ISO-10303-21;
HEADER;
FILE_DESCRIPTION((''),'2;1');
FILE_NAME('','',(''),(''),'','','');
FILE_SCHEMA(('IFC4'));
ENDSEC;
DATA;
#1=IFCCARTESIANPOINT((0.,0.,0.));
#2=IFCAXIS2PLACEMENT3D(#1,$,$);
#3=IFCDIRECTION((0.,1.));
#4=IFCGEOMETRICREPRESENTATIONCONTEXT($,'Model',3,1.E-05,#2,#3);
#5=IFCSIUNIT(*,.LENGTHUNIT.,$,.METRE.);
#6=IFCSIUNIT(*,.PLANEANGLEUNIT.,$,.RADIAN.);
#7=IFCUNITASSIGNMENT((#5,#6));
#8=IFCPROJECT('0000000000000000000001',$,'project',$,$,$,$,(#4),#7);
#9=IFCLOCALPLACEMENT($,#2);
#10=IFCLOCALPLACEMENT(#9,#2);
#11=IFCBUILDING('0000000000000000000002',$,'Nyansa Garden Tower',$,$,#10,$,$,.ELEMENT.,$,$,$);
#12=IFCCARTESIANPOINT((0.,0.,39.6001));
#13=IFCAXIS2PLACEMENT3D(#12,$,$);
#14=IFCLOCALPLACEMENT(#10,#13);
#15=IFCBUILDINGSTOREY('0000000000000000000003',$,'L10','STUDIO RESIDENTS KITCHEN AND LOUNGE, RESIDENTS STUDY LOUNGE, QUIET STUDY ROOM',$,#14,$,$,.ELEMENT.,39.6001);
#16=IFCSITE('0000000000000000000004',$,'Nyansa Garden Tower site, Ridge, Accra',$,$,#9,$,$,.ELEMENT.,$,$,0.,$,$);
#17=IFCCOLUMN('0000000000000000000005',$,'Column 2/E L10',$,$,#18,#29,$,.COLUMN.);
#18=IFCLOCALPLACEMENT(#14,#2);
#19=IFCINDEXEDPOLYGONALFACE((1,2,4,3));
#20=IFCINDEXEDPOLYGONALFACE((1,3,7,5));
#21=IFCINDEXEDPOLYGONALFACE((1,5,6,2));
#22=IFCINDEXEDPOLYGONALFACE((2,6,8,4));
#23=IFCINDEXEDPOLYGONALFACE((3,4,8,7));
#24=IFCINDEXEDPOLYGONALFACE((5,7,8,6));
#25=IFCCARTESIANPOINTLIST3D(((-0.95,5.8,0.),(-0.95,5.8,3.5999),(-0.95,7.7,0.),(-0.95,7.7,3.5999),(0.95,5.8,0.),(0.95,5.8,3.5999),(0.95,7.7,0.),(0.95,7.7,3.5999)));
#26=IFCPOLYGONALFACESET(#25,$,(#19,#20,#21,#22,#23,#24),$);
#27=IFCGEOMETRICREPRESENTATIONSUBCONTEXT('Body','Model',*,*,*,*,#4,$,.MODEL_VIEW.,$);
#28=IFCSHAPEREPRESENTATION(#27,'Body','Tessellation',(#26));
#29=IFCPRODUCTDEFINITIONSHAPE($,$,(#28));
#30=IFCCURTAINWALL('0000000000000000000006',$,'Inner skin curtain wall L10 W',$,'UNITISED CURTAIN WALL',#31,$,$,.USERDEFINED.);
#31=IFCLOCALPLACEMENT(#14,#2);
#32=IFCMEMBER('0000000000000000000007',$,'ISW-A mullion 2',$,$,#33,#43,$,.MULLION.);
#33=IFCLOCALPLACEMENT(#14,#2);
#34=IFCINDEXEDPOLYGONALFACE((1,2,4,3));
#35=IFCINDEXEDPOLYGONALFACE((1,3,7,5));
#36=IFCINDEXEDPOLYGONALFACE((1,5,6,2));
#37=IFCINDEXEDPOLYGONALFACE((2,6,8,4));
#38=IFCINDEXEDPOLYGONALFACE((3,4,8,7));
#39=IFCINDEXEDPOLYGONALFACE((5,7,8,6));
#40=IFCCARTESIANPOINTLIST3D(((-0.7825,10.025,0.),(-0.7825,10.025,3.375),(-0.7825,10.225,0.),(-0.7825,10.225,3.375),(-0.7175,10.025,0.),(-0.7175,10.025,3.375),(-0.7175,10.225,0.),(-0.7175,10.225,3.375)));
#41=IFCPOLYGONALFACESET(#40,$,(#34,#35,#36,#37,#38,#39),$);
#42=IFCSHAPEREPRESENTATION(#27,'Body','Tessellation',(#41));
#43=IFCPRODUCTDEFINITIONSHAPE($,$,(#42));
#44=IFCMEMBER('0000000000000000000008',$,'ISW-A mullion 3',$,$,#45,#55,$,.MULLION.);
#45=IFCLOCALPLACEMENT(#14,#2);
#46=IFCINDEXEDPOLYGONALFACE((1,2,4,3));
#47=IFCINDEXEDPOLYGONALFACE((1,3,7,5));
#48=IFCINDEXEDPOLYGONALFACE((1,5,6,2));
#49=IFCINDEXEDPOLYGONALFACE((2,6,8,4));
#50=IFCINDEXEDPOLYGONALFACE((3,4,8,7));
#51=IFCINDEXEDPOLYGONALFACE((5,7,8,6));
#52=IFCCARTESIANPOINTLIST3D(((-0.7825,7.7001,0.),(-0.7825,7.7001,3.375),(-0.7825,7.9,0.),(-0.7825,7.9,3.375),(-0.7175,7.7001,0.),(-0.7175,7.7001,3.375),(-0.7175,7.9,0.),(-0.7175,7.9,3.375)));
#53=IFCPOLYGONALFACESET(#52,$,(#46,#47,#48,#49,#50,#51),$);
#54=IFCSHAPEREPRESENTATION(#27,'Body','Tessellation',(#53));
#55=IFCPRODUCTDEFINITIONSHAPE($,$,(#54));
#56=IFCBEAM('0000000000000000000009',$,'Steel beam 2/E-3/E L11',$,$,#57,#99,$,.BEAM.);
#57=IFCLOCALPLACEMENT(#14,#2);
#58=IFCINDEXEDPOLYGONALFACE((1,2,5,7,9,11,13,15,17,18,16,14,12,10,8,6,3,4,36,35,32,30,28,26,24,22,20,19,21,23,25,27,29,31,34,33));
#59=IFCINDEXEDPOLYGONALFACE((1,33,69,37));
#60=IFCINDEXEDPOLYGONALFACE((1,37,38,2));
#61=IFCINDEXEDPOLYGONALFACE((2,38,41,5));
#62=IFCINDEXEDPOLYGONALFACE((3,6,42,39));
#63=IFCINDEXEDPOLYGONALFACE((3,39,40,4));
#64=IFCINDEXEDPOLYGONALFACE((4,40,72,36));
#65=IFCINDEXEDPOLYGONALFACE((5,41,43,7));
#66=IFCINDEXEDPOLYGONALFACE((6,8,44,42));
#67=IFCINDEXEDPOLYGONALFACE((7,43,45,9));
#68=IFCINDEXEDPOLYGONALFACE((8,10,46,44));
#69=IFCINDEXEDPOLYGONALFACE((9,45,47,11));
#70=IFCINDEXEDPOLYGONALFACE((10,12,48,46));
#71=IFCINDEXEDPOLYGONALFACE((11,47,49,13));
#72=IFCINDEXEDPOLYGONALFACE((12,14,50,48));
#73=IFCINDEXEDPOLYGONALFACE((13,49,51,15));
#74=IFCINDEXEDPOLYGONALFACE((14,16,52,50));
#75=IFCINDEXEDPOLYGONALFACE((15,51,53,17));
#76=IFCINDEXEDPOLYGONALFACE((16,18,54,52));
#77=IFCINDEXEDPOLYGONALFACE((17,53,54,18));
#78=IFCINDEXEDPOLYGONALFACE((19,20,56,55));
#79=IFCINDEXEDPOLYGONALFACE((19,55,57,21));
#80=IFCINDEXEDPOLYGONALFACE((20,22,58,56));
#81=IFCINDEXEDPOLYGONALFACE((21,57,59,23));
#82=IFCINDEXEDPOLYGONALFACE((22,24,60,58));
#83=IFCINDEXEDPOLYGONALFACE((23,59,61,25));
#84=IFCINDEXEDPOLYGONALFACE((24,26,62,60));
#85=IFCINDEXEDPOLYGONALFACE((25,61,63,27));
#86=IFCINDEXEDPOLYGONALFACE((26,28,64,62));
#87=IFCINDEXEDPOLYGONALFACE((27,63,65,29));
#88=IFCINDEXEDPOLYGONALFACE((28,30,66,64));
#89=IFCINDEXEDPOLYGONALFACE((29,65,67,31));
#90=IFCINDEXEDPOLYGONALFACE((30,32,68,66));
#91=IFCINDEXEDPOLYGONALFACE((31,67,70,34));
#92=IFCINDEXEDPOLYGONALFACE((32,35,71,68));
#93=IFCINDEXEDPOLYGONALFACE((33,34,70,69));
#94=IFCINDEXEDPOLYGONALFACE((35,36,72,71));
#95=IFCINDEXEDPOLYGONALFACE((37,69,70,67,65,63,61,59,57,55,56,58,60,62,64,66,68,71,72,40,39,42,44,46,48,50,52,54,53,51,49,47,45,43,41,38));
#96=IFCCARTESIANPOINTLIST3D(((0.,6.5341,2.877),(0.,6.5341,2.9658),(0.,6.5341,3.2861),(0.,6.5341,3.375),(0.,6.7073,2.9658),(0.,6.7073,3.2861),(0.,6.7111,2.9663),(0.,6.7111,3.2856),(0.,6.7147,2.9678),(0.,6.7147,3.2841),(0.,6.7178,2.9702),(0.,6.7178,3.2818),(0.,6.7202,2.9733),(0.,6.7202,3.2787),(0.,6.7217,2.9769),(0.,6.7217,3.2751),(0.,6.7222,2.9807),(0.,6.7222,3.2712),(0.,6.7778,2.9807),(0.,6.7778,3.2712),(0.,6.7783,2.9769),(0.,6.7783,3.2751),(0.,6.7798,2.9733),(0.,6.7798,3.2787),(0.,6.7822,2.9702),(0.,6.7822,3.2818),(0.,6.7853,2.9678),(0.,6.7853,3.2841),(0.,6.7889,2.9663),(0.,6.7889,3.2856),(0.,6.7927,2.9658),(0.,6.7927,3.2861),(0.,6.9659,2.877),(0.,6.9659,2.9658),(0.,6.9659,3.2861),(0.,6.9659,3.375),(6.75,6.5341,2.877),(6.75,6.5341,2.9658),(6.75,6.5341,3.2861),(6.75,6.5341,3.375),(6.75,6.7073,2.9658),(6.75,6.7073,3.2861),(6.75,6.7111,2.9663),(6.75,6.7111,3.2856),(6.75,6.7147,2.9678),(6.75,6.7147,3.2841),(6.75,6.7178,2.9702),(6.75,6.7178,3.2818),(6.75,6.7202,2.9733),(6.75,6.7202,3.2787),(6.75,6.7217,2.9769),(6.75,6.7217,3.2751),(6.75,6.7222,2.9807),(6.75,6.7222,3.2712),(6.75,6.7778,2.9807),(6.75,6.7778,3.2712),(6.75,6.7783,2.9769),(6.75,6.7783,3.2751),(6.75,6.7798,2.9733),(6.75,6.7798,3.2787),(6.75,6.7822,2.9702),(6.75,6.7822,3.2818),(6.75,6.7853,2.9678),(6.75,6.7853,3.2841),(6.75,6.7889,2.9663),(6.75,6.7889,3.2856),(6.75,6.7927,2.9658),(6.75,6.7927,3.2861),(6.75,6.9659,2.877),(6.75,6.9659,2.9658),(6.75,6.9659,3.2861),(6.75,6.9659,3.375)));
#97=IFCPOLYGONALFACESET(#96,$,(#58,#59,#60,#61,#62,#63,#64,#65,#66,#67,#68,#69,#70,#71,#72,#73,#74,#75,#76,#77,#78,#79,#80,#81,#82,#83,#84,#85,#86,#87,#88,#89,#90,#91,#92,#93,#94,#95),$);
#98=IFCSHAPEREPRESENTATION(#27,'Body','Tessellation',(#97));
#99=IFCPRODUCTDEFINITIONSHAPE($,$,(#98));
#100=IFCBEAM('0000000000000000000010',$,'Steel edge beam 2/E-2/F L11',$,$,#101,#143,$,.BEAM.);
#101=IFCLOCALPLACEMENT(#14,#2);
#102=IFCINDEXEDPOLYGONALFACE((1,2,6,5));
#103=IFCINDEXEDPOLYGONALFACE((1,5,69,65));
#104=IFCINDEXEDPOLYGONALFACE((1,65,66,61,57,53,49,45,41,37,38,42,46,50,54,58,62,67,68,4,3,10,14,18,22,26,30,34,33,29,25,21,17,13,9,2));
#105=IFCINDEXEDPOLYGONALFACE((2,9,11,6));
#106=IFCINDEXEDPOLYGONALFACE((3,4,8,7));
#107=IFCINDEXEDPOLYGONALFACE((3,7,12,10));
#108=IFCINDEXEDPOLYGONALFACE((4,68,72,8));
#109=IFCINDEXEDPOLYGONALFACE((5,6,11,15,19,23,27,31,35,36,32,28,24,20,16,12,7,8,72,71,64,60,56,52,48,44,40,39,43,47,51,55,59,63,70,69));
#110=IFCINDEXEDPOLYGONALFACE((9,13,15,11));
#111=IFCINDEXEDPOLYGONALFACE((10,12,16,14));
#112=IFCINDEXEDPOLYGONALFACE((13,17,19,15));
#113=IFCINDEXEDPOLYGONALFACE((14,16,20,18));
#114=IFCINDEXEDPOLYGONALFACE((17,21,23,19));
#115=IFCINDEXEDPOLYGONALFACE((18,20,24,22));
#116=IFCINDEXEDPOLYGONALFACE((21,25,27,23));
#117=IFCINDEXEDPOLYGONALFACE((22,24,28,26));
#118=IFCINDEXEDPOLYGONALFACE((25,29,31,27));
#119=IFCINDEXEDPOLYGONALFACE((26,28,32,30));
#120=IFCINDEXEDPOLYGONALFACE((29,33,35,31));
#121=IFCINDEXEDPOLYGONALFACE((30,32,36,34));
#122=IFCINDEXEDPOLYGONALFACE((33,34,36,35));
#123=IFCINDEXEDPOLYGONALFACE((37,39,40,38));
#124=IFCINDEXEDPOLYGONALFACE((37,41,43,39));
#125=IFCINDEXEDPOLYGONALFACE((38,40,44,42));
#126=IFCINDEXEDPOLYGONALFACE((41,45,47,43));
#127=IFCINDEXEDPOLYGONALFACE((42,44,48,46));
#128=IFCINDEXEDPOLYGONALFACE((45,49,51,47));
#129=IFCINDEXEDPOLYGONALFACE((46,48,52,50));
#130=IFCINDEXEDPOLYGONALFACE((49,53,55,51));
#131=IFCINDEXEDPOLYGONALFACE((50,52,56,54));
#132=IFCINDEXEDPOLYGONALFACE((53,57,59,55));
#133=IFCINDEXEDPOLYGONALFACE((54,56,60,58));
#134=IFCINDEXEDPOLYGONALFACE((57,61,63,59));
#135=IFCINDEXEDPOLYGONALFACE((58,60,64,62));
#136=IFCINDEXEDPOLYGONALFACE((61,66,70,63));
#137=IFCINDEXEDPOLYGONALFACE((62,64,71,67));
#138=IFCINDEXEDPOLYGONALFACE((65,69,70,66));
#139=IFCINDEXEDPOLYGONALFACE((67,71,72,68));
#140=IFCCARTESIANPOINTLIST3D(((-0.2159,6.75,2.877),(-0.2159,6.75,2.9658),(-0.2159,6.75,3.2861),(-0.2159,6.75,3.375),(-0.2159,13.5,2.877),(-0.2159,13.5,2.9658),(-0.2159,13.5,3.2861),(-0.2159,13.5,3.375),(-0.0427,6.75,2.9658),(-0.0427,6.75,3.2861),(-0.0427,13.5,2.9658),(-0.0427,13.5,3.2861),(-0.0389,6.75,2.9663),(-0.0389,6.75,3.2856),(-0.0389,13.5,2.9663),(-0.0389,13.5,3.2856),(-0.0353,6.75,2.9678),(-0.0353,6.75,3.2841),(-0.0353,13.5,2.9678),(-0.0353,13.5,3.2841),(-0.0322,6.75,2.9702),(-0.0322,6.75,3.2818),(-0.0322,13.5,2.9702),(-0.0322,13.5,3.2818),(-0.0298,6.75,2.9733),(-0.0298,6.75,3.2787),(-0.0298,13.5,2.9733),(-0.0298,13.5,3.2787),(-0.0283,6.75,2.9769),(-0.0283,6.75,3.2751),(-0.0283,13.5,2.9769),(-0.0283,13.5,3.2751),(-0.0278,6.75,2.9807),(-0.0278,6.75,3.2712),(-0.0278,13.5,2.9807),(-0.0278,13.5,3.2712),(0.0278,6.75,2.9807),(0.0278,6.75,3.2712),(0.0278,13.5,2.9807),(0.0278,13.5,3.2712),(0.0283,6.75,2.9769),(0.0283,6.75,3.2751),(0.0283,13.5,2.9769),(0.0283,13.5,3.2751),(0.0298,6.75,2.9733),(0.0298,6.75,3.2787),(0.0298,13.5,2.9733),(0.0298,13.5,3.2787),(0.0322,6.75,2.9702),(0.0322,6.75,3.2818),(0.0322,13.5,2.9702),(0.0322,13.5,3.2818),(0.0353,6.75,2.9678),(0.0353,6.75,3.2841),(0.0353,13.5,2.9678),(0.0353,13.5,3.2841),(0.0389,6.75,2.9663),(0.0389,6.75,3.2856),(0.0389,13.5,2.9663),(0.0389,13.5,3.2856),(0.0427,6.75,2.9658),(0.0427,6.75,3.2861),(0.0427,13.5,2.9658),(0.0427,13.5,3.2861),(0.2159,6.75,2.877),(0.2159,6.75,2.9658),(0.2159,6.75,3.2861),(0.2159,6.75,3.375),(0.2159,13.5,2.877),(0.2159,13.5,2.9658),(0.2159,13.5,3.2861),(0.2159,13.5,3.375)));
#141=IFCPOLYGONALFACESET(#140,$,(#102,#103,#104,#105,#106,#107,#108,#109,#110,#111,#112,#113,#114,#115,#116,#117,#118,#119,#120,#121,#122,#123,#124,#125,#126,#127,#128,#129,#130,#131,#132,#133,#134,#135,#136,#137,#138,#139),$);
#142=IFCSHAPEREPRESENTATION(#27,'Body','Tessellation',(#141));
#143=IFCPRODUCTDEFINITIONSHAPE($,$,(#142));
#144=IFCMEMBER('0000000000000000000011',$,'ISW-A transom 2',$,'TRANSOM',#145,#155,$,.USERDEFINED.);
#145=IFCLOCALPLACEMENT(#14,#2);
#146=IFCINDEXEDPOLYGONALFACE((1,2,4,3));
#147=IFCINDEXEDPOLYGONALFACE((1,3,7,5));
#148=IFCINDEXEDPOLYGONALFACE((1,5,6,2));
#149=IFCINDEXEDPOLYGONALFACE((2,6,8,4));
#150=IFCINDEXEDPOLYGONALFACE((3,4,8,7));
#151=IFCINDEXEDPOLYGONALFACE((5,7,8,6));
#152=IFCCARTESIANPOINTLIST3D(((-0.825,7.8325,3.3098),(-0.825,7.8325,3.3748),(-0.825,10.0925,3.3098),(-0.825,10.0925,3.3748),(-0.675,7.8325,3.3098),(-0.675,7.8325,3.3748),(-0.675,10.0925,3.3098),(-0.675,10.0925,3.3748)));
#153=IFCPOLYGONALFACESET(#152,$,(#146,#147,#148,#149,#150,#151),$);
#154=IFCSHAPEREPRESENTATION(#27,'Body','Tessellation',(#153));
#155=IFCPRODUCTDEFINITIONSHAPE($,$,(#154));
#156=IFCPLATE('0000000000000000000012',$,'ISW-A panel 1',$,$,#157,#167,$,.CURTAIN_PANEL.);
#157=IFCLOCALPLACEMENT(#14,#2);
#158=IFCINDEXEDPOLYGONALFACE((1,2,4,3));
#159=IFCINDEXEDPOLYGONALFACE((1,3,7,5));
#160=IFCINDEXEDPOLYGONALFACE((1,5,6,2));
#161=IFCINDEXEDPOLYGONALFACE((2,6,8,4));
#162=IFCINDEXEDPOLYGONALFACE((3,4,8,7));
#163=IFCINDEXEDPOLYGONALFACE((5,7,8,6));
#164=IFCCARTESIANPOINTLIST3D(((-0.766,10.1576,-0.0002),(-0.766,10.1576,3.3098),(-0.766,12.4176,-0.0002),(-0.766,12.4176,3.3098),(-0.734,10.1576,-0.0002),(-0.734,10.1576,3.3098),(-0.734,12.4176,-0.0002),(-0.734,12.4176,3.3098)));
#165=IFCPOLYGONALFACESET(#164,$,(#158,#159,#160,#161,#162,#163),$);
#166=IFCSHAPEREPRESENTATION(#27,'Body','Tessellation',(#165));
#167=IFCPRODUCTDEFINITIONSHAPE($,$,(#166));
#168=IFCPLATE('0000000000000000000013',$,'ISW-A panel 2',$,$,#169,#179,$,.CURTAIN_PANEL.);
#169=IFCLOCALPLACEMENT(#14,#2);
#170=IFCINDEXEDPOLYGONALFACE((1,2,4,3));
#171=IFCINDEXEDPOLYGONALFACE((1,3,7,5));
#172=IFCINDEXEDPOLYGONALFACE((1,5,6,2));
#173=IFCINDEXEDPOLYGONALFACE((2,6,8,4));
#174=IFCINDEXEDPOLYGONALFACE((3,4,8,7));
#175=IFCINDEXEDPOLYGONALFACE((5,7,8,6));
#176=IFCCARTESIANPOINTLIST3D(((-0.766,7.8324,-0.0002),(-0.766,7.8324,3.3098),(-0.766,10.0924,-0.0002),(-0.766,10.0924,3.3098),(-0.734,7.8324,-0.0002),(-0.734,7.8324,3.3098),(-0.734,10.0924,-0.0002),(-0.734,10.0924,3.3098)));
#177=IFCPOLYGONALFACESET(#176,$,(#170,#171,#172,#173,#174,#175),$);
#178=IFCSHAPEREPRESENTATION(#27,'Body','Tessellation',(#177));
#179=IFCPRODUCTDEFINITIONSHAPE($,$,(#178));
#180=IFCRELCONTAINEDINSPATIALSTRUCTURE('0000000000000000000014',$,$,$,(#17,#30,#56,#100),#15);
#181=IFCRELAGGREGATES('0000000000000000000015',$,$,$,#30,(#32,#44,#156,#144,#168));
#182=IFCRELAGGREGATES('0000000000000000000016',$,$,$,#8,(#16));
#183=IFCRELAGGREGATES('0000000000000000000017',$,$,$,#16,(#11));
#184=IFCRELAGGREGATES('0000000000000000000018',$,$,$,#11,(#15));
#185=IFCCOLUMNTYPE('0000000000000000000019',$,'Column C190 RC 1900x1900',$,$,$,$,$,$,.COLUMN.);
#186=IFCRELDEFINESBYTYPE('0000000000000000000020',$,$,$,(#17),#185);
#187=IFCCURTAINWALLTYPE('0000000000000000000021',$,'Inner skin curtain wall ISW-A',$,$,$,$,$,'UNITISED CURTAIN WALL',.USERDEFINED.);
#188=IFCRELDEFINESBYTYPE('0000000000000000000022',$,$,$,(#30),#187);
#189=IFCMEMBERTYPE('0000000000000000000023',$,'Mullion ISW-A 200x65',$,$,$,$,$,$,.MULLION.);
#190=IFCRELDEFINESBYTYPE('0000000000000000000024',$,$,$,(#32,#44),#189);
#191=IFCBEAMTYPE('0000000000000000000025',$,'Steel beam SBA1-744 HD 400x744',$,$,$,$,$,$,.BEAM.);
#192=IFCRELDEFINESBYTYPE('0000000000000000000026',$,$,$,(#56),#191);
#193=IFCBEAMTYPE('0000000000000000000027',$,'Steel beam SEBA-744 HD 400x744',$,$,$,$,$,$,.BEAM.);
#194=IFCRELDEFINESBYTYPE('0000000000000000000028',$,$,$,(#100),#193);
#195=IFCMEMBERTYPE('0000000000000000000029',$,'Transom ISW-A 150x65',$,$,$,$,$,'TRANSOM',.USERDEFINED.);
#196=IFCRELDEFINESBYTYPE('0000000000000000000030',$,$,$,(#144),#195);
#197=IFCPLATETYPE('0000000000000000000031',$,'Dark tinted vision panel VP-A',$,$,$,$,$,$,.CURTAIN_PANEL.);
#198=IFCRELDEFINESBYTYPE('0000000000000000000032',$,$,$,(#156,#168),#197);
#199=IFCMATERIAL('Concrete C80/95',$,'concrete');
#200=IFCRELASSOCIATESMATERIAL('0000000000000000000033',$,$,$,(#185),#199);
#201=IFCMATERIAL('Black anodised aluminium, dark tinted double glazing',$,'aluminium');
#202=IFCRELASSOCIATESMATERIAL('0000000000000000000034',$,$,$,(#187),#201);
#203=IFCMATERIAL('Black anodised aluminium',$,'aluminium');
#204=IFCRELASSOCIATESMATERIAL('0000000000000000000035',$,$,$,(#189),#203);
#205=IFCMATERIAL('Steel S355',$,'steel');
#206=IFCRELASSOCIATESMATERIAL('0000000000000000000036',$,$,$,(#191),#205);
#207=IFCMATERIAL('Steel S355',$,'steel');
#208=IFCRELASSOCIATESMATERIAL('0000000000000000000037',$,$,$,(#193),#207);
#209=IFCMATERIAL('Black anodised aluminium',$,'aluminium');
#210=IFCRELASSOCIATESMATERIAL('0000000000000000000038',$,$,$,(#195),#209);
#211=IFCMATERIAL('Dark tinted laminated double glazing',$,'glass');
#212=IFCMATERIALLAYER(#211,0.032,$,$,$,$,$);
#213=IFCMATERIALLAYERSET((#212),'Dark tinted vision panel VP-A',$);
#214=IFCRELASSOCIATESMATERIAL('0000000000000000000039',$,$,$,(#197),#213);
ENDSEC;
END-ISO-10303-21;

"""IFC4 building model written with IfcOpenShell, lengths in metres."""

from ifc_helpers import new_model, si_unit, direction, frame, origin, origin_2d, place, context, subcontext, project, spatial, rectangle, i_section, extrude, material, layer, layer_set, material_profile, profile_set, type_object, element, aggregate, save


model = new_model("IFC4")

# Units and contexts
model_context = context("Model", 3, precision=1e-05, world=origin(), true_north=direction((0.0, 1.0)))
body_context = subcontext(model_context, "Body", "Model", "MODEL_VIEW")
ifc_project = project(units=[si_unit("LENGTHUNIT", "METRE"), si_unit("PLANEANGLEUNIT", "RADIAN")], contexts=[model_context])

# Site, building, storey
site_placement = place(None, origin())
site = spatial("IfcSite", under=ifc_project, at=site_placement, Name="Nyansa Garden Tower site, Ridge, Accra", CompositionType="ELEMENT", RefElevation=0.0)
building_placement = place(site_placement, origin())
building = spatial("IfcBuilding", under=site, at=building_placement, Name="Nyansa Garden Tower", CompositionType="ELEMENT")
storey_placement = place(building_placement, frame((0.0, 0.0, 39.6001)))
storey = spatial("IfcBuildingStorey", under=building, at=storey_placement, Name="L10", Description="STUDIO RESIDENTS KITCHEN AND LOUNGE, RESIDENTS STUDY LOUNGE, QUIET STUDY ROOM", CompositionType="ELEMENT", Elevation=39.6001)

# Column
ifc_material_1 = material(Name="Concrete C80/95", Category="concrete")
ifc_material_profile_1 = material_profile(ifc_material_1, rectangle(XDim=1.8999, YDim=1.8999, at=origin_2d()), Name="RC 1900x1900")
ifc_profile_set_1 = profile_set([ifc_material_profile_1], Name="Concrete C80/95")
column_type = type_object("IfcColumnType", Name="Column C190 RC 1900x1900", PredefinedType="COLUMN", material=ifc_profile_set_1)
column_placement = place(storey_placement, frame((0.0, 6.75, 0.0), z_axis=(0.0, 0.0, 1.0), x_axis=(1.0, 0.0, 0.0)))
element("IfcColumn", 1, at=column_placement, inside=storey, type_object=column_type, Name="Column 2/E L10", PredefinedType="COLUMN", context=body_context, shape_type="SweptSolid", body=[
    extrude(rectangle(XDim=1.8999, YDim=1.8999, at=origin_2d()), origin(), (0.0, 0.0, 1.0), 3.5999),
])

# Curtain wall, members
ifc_material_2 = material(Name="Black anodised aluminium, dark tinted double glazing", Category="aluminium")
curtain_wall_type = type_object("IfcCurtainWallType", Name="Inner skin curtain wall ISW-A", ElementType="UNITISED CURTAIN WALL", PredefinedType="USERDEFINED", material=ifc_material_2)
curtain_wall_placement = place(storey_placement, origin())
curtain_wall = element("IfcCurtainWall", 2, at=curtain_wall_placement, inside=storey, type_object=curtain_wall_type, Name="Inner skin curtain wall L10 W", ObjectType="UNITISED CURTAIN WALL", PredefinedType="USERDEFINED")
ifc_material_3 = material(Name="Black anodised aluminium", Category="aluminium")
ifc_material_profile_2 = material_profile(ifc_material_3, rectangle(XDim=0.0649, YDim=0.2, at=origin_2d()), Name="Mullion 200x65")
ifc_profile_set_2 = profile_set([ifc_material_profile_2], Name="Black anodised aluminium")
member_type_1 = type_object("IfcMemberType", Name="Mullion ISW-A 200x65", PredefinedType="MULLION", material=ifc_profile_set_2)
member_1_placement = place(storey_placement, frame((-0.75, 10.125, 0.0), z_axis=(0.0, 0.0, 1.0), x_axis=(1.0, 0.0, 0.0)))
member_1 = element("IfcMember", 3, at=member_1_placement, type_object=member_type_1, Name="ISW-A mullion 2", PredefinedType="MULLION", context=body_context, shape_type="SweptSolid", body=[
    extrude(rectangle(XDim=0.0649, YDim=0.2, at=origin_2d()), origin(), (0.0, 0.0, 1.0), 3.375),
])
member_2_placement = place(storey_placement, frame((-0.75, 7.8, 0.0), z_axis=(0.0, 0.0, 1.0), x_axis=(1.0, 0.0, 0.0)))
member_2 = element("IfcMember", 4, at=member_2_placement, type_object=member_type_1, Name="ISW-A mullion 3", PredefinedType="MULLION", context=body_context, shape_type="SweptSolid", body=[
    extrude(rectangle(XDim=0.0649, YDim=0.2, at=origin_2d()), origin(), (0.0, 0.0, 1.0), 3.375),
])

# Beams
ifc_material_4 = material(Name="Steel S355", Category="steel")
ifc_material_profile_3 = material_profile(ifc_material_4, i_section(OverallWidth=0.4319, OverallDepth=0.498, WebThickness=0.0557, FlangeThickness=0.0889, FilletRadius=0.0149, at=origin_2d()), Name="HD 400x744")
ifc_profile_set_3 = profile_set([ifc_material_profile_3], Name="Steel S355")
beam_type_1 = type_object("IfcBeamType", Name="Steel beam SBA1-744 HD 400x744", PredefinedType="BEAM", material=ifc_profile_set_3)
beam_1_placement = place(storey_placement, frame((0.0, 6.75, 3.126), z_axis=(1.0, 0.0, 0.0), x_axis=(0.0, 1.0, 0.0)))
element("IfcBeam", 5, at=beam_1_placement, inside=storey, type_object=beam_type_1, Name="Steel beam 2/E-3/E L11", PredefinedType="BEAM", context=body_context, shape_type="SweptSolid", body=[
    extrude(i_section(OverallWidth=0.4319, OverallDepth=0.498, WebThickness=0.0557, FlangeThickness=0.0889, FilletRadius=0.0149, at=origin_2d()), origin(), (0.0, 0.0, 1.0), 6.75),
])
ifc_material_5 = material(Name="Steel S355", Category="steel")
ifc_material_profile_4 = material_profile(ifc_material_5, i_section(OverallWidth=0.4319, OverallDepth=0.498, WebThickness=0.0557, FlangeThickness=0.0889, FilletRadius=0.0149, at=origin_2d()), Name="HD 400x744")
ifc_profile_set_4 = profile_set([ifc_material_profile_4], Name="Steel S355")
beam_type_2 = type_object("IfcBeamType", Name="Steel beam SEBA-744 HD 400x744", PredefinedType="BEAM", material=ifc_profile_set_4)
beam_2_placement = place(storey_placement, frame((0.0, 6.75, 3.126), z_axis=(0.0, 1.0, 0.0), x_axis=(-1.0, 0.0, 0.0)))
element("IfcBeam", 6, at=beam_2_placement, inside=storey, type_object=beam_type_2, Name="Steel edge beam 2/E-2/F L11", PredefinedType="BEAM", context=body_context, shape_type="SweptSolid", body=[
    extrude(i_section(OverallWidth=0.4319, OverallDepth=0.498, WebThickness=0.0557, FlangeThickness=0.0889, FilletRadius=0.0149, at=origin_2d()), origin(), (0.0, 0.0, 1.0), 6.75),
])

# Member
ifc_material_6 = material(Name="Black anodised aluminium", Category="aluminium")
ifc_material_profile_5 = material_profile(ifc_material_6, rectangle(XDim=0.1499, YDim=0.0649, at=origin_2d()), Name="Transom 150x65")
ifc_profile_set_5 = profile_set([ifc_material_profile_5], Name="Black anodised aluminium")
member_type_2 = type_object("IfcMemberType", Name="Transom ISW-A 150x65", ElementType="TRANSOM", PredefinedType="USERDEFINED", material=ifc_profile_set_5)
member_3_placement = place(storey_placement, frame((-0.75, 10.0925, 3.3423), z_axis=(0.0, -1.0, 0.0), x_axis=(1.0, 0.0, 0.0)))
member_3 = element("IfcMember", 7, at=member_3_placement, type_object=member_type_2, Name="ISW-A transom 2", ObjectType="TRANSOM", PredefinedType="USERDEFINED", context=body_context, shape_type="SweptSolid", body=[
    extrude(rectangle(XDim=0.1499, YDim=0.0649, at=origin_2d()), origin(), (0.0, 0.0, 1.0), 2.26),
])

# Plates
ifc_material_7 = material(Name="Dark tinted laminated double glazing", Category="glass")
ifc_layer_1 = layer(ifc_material_7, 0.032)
ifc_layer_set_1 = layer_set([ifc_layer_1], Name="Dark tinted vision panel VP-A")
plate_type = type_object("IfcPlateType", Name="Dark tinted vision panel VP-A", PredefinedType="CURTAIN_PANEL", material=ifc_layer_set_1)
plate_1_placement = place(storey_placement, frame((-0.75, 11.2876, -0.0002), z_axis=(0.0, 0.0, 1.0), x_axis=(0.0, -1.0, 0.0)))
plate_1 = element("IfcPlate", 8, at=plate_1_placement, type_object=plate_type, Name="ISW-A panel 1", PredefinedType="CURTAIN_PANEL", context=body_context, shape_type="SweptSolid", body=[
    extrude(rectangle(XDim=2.26, YDim=0.032, at=origin_2d()), origin(), (0.0, 0.0, 1.0), 3.3101),
])
plate_2_placement = place(storey_placement, frame((-0.75, 8.9624, -0.0002), z_axis=(0.0, 0.0, 1.0), x_axis=(0.0, -1.0, 0.0)))
plate_2 = element("IfcPlate", 9, at=plate_2_placement, type_object=plate_type, Name="ISW-A panel 2", PredefinedType="CURTAIN_PANEL", context=body_context, shape_type="SweptSolid", body=[
    extrude(rectangle(XDim=2.26, YDim=0.032, at=origin_2d()), origin(), (0.0, 0.0, 1.0), 3.3101),
])
aggregate(curtain_wall, [member_1, member_2, plate_1, member_3, plate_2])

save(model, "model.ifc")
